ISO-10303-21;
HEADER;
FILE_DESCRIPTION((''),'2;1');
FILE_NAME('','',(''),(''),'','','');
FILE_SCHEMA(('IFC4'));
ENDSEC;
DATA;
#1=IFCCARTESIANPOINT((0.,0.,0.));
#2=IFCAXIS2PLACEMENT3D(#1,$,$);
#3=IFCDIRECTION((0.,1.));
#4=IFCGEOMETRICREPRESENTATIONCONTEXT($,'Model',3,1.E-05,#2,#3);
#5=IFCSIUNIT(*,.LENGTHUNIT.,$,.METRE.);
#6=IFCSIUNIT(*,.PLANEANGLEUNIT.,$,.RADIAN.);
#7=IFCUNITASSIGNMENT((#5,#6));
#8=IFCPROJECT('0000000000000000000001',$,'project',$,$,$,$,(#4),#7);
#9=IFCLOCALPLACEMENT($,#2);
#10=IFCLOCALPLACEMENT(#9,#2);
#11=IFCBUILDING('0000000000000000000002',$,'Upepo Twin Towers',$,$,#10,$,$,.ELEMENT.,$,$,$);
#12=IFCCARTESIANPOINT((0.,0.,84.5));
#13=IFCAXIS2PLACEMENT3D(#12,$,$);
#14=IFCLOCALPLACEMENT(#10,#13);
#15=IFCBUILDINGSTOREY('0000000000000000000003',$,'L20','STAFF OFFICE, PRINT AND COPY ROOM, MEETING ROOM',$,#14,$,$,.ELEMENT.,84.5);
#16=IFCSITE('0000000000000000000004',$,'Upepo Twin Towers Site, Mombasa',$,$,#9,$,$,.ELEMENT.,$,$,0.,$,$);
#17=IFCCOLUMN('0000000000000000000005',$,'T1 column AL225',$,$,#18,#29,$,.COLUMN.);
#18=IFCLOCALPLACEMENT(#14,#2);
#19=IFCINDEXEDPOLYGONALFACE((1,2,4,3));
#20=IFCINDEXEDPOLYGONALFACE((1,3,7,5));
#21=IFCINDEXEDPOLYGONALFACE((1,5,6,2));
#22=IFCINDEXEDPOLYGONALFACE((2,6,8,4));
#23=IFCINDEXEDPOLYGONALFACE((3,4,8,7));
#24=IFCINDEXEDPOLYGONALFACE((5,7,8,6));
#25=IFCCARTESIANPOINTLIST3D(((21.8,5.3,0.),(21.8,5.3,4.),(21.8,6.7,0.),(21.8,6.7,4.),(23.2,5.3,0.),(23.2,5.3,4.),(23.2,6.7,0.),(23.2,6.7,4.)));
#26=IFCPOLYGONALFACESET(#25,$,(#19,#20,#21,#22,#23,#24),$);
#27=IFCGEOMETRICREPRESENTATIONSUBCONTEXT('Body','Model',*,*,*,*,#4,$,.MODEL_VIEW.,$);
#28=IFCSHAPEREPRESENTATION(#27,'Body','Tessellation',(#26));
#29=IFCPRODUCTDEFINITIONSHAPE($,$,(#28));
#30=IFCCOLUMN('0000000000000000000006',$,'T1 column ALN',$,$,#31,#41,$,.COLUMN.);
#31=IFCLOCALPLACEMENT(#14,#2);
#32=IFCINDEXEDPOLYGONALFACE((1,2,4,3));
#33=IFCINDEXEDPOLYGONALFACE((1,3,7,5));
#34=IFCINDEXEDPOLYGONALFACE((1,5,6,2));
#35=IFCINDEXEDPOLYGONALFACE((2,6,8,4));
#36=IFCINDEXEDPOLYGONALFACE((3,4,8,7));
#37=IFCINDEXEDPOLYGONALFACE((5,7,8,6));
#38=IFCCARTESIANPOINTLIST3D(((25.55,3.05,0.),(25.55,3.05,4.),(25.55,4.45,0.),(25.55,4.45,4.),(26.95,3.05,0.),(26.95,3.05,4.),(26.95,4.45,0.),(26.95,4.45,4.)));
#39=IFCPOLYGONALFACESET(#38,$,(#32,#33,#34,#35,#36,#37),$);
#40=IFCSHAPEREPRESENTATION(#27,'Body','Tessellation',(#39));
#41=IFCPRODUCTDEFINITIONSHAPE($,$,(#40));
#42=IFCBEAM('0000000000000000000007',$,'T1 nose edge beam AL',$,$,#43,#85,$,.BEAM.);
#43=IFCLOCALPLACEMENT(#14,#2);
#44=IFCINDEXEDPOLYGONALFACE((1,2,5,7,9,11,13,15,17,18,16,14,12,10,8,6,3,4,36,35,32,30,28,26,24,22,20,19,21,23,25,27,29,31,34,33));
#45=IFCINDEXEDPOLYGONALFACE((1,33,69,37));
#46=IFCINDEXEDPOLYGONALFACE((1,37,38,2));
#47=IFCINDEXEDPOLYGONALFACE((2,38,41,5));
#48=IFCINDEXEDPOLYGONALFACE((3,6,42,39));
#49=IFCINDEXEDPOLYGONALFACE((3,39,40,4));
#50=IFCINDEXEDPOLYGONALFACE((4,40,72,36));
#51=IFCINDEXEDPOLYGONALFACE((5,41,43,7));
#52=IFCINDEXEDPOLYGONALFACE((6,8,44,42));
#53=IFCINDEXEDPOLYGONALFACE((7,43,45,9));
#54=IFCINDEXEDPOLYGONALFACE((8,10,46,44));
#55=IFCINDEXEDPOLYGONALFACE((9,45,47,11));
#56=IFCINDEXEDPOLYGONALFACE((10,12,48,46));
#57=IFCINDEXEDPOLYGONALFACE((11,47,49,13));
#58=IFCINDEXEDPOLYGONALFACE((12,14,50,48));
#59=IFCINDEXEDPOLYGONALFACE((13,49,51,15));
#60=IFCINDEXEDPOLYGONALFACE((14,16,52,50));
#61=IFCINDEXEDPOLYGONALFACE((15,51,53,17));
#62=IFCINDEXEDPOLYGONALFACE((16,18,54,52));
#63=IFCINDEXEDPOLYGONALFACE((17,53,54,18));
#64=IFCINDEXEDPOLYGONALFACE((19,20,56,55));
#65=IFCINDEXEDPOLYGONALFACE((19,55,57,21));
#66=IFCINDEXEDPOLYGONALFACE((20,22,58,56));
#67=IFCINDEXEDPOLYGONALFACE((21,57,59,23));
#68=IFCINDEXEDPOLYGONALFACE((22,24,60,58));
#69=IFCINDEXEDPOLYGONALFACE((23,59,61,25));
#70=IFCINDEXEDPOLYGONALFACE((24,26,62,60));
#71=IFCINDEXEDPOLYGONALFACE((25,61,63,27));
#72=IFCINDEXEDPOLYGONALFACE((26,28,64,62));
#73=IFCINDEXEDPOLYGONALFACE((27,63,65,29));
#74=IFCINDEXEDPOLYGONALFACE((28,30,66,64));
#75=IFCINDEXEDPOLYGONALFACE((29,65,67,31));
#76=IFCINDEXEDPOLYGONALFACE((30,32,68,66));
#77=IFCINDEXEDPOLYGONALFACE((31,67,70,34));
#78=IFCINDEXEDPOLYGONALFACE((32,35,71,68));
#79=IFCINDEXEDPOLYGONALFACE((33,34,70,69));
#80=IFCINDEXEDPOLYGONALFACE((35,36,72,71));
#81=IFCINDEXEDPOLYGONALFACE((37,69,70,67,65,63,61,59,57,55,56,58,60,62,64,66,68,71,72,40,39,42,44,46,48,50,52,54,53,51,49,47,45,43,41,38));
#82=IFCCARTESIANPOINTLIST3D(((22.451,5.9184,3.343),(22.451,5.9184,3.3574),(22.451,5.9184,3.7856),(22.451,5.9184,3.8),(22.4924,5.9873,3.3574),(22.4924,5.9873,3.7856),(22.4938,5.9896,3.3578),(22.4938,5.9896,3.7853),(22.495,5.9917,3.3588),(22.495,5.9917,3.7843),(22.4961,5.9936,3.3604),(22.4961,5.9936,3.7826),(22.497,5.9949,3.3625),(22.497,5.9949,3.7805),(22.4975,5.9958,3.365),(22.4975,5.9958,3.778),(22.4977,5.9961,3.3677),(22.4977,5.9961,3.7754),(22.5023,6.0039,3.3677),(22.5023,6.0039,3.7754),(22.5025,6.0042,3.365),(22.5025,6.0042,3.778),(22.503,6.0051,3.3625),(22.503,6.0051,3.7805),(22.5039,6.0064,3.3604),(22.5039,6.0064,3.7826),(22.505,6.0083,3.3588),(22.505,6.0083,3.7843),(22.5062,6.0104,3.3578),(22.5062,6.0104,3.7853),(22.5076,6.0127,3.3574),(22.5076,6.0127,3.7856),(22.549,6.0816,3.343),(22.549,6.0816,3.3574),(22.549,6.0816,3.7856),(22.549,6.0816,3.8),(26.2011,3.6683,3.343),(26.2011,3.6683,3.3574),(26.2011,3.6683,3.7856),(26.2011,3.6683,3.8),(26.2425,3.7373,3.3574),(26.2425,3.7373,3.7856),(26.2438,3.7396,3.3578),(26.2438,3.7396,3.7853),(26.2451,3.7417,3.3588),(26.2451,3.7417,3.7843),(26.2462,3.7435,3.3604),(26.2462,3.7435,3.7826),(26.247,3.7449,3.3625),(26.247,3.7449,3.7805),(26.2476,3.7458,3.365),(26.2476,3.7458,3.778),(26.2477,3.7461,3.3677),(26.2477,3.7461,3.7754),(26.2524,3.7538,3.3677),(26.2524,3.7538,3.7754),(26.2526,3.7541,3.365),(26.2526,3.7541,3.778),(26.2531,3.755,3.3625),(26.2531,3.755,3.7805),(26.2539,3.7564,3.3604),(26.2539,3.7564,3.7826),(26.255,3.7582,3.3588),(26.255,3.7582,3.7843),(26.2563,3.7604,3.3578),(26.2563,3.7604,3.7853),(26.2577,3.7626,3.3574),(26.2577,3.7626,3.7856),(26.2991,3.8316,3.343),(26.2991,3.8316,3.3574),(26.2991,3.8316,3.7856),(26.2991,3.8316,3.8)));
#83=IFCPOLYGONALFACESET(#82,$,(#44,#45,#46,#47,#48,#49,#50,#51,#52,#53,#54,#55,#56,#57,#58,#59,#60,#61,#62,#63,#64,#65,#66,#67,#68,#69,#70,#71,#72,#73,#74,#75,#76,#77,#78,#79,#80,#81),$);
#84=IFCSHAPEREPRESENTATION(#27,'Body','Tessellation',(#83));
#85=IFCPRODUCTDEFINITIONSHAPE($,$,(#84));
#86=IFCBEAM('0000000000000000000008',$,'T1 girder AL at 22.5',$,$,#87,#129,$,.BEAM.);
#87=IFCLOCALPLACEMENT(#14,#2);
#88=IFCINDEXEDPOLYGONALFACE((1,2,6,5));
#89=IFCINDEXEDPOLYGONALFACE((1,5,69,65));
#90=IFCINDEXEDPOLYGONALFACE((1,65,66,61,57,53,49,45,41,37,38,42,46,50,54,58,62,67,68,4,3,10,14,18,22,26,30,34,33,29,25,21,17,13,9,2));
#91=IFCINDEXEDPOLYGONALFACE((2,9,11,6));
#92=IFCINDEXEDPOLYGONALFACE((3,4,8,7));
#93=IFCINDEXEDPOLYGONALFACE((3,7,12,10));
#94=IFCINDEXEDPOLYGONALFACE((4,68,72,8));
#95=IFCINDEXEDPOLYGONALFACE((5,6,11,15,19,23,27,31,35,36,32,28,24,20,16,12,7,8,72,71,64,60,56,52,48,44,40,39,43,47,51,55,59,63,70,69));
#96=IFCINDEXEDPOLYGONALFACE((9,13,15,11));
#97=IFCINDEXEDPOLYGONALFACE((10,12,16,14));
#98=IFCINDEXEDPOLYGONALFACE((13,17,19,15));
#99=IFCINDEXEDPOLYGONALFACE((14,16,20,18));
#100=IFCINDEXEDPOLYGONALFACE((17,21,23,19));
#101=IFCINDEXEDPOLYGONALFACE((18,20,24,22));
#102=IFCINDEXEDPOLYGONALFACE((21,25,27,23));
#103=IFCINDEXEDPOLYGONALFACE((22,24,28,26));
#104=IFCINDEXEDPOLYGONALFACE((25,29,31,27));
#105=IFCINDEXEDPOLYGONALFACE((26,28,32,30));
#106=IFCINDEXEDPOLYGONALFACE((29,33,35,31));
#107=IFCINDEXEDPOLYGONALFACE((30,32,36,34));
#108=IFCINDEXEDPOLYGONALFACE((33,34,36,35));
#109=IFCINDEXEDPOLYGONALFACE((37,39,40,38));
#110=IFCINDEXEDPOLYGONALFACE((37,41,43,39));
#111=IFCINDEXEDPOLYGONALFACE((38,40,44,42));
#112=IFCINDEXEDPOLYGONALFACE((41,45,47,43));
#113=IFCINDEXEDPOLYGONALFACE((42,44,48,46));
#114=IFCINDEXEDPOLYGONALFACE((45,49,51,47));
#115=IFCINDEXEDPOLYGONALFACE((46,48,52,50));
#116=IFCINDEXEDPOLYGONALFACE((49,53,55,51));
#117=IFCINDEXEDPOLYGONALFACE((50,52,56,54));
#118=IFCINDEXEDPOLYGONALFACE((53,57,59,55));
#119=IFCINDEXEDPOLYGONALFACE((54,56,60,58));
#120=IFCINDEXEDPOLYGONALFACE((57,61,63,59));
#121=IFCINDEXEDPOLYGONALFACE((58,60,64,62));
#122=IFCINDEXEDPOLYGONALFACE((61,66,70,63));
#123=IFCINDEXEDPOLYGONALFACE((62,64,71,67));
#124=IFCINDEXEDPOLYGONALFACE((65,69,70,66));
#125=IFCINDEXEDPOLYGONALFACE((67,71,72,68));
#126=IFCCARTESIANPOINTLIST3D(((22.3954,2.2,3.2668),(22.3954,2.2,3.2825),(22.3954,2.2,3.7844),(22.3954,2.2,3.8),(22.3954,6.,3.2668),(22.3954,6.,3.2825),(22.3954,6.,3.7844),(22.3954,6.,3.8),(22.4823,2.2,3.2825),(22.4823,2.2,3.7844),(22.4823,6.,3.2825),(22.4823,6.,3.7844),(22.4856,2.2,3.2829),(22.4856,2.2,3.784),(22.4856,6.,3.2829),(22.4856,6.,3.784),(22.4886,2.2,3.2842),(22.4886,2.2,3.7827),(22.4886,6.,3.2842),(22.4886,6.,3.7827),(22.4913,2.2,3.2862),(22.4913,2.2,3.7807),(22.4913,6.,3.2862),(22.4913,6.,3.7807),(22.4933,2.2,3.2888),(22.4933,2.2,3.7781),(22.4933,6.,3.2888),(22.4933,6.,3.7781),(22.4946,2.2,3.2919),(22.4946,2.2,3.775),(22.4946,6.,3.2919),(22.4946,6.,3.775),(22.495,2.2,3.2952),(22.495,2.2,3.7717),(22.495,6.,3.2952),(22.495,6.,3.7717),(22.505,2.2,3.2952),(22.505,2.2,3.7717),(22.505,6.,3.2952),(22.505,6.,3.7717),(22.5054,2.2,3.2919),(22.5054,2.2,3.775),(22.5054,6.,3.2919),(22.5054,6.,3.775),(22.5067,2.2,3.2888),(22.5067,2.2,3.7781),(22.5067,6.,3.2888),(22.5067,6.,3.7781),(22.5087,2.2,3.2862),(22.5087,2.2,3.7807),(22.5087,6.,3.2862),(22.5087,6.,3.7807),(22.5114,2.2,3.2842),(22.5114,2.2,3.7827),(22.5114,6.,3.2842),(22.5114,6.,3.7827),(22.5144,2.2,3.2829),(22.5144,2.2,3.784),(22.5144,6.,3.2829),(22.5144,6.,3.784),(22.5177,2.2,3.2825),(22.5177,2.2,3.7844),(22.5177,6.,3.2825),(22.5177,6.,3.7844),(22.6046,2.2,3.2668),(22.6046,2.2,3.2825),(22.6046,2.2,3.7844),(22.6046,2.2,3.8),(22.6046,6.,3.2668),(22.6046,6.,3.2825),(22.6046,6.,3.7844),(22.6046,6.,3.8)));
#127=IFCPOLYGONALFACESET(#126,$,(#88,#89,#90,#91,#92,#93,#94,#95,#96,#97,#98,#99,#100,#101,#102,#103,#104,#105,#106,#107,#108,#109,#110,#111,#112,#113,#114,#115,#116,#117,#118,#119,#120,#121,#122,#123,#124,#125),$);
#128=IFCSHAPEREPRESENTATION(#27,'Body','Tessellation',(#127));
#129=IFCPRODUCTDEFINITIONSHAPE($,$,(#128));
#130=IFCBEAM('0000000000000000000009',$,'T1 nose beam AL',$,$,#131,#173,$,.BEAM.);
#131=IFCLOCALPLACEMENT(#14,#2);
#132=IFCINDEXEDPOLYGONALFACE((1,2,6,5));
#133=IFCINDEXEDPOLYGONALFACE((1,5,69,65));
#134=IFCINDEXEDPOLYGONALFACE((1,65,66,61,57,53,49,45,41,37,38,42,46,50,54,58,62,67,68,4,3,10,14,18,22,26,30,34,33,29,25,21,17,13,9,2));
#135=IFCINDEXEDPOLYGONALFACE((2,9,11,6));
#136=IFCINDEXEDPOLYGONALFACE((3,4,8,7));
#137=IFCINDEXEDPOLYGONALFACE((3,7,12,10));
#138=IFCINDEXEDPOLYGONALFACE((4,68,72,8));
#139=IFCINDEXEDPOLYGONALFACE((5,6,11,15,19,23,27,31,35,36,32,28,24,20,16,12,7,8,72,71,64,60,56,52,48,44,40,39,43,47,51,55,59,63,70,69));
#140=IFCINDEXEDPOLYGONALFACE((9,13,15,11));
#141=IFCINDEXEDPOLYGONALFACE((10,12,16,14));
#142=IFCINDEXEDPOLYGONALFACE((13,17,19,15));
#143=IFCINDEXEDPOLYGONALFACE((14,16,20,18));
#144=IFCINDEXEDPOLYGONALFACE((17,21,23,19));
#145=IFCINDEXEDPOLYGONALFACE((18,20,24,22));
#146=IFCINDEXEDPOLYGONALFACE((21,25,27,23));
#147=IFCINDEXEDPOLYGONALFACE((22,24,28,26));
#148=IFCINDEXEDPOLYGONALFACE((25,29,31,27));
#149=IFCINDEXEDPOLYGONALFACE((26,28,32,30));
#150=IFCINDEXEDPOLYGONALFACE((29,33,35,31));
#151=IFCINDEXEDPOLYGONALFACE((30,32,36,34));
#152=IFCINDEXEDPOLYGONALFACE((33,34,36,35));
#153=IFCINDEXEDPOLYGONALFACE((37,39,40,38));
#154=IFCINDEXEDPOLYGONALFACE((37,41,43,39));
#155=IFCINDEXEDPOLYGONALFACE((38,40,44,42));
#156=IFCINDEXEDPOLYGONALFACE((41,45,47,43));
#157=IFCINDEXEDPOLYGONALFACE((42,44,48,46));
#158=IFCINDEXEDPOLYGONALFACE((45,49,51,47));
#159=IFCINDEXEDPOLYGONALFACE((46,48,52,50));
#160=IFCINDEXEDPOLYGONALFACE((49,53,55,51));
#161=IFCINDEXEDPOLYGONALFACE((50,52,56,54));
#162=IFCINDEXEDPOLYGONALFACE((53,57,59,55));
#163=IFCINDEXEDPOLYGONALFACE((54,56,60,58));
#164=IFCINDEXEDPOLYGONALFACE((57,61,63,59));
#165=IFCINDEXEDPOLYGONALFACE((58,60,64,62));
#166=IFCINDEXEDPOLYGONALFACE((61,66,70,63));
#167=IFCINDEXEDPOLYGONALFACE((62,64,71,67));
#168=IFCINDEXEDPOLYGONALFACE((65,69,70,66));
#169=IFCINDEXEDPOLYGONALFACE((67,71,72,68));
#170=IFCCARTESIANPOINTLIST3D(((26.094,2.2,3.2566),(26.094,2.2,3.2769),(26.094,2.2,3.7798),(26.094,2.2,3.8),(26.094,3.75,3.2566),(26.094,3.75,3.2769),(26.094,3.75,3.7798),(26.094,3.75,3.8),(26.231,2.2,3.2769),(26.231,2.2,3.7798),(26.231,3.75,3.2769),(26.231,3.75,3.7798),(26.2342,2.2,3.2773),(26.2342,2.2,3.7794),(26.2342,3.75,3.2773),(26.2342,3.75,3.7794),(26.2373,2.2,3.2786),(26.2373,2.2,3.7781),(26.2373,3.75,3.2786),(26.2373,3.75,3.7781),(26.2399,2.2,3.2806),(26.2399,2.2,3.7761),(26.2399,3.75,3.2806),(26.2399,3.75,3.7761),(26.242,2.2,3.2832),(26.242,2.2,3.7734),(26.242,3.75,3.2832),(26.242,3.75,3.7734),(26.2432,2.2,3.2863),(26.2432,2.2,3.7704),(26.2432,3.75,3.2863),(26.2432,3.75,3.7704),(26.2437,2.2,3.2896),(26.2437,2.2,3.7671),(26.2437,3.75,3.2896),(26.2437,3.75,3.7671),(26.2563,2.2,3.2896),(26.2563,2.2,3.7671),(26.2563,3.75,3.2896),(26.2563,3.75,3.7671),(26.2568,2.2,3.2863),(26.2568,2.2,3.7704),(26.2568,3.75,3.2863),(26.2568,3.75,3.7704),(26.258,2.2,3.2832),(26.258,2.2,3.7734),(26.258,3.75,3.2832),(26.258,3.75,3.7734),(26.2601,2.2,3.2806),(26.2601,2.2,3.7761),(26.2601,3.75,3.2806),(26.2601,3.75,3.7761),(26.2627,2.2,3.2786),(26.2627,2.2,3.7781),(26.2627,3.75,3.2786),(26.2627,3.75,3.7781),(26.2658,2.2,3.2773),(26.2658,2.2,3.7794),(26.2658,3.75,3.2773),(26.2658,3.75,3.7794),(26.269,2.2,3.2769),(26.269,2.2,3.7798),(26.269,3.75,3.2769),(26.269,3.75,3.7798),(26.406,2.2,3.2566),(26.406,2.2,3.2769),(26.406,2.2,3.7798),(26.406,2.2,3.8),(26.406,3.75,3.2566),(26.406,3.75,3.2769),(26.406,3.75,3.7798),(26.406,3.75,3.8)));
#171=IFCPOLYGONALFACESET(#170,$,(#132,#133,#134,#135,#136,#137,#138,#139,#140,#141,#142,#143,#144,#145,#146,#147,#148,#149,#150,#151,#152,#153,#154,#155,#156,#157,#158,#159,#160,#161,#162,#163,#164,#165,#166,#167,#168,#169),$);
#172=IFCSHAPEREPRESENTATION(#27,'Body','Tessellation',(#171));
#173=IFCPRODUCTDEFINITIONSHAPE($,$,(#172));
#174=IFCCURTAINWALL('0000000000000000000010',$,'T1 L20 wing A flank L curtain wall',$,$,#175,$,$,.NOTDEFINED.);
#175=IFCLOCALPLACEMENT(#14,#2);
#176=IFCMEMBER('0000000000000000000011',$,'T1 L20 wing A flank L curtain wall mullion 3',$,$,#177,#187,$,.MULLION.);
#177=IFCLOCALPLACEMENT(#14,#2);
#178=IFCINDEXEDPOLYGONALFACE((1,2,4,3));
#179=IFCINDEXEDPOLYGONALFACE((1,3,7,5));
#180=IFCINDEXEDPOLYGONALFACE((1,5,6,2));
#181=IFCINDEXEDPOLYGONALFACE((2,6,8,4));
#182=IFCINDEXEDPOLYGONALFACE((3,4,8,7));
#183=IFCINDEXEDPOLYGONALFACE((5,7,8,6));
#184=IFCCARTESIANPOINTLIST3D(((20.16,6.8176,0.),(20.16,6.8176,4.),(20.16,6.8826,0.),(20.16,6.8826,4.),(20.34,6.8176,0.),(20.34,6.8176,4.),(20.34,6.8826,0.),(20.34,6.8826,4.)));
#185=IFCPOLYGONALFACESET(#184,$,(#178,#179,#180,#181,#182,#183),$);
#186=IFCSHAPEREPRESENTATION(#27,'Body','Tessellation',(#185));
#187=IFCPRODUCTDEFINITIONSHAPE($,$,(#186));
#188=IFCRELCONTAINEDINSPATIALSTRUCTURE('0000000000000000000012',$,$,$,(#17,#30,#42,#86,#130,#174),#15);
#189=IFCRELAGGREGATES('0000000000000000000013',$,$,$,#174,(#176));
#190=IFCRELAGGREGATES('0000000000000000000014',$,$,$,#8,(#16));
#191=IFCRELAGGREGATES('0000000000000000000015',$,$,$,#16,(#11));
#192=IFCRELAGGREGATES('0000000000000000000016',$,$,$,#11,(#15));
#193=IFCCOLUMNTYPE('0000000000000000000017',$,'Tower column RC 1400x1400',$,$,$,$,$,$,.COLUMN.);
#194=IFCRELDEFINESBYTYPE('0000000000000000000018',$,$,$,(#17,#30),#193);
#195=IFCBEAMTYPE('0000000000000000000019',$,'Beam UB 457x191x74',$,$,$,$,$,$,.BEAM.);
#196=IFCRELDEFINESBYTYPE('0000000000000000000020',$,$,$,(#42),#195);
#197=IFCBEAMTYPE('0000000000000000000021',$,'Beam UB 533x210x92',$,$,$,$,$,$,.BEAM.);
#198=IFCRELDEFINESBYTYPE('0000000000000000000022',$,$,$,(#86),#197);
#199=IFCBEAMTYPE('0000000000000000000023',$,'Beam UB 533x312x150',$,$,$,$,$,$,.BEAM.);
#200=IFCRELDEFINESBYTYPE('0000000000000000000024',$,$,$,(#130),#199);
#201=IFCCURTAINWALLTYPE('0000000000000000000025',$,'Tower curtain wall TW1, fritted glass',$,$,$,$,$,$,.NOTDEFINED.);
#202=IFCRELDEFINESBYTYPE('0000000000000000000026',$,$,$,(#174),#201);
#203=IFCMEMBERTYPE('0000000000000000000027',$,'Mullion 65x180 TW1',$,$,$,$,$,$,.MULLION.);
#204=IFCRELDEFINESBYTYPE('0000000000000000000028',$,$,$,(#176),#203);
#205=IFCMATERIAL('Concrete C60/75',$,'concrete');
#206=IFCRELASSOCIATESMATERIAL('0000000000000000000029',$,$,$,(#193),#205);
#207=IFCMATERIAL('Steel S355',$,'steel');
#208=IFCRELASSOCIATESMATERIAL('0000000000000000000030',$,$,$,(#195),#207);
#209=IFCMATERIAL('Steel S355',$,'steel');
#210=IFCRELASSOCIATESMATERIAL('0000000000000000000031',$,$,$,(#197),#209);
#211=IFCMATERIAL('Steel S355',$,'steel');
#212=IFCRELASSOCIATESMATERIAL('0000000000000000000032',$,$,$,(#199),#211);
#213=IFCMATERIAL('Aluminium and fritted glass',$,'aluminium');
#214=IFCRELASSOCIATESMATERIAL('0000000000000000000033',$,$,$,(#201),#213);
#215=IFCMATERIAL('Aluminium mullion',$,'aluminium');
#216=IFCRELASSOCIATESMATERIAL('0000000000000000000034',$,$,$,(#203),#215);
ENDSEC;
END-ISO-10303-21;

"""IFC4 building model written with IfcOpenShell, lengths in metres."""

from ifc_helpers import new_model, si_unit, direction, frame, origin, origin_2d, place, context, subcontext, project, spatial, rectangle, i_section, extrude, material, material_profile, profile_set, type_object, element, aggregate, save


model = new_model("IFC4")

# Units and contexts
model_context = context("Model", 3, precision=1e-05, world=origin(), true_north=direction((0.0, 1.0)))
body_context = subcontext(model_context, "Body", "Model", "MODEL_VIEW")
ifc_project = project(units=[si_unit("LENGTHUNIT", "METRE"), si_unit("PLANEANGLEUNIT", "RADIAN")], contexts=[model_context])

# Site, building, storey
site_placement = place(None, origin())
site = spatial("IfcSite", under=ifc_project, at=site_placement, Name="Upepo Twin Towers Site, Mombasa", CompositionType="ELEMENT", RefElevation=0.0)
building_placement = place(site_placement, origin())
building = spatial("IfcBuilding", under=site, at=building_placement, Name="Upepo Twin Towers", CompositionType="ELEMENT")
storey_placement = place(building_placement, frame((0.0, 0.0, 84.5)))
storey = spatial("IfcBuildingStorey", under=building, at=storey_placement, Name="L20", Description="STAFF OFFICE, PRINT AND COPY ROOM, MEETING ROOM", CompositionType="ELEMENT", Elevation=84.5)

# Columns
ifc_material_1 = material(Name="Concrete C60/75", Category="concrete")
ifc_material_profile_1 = material_profile(ifc_material_1, rectangle(XDim=1.3999, YDim=1.3999, at=origin_2d()), Name="RC 1400x1400")
ifc_profile_set_1 = profile_set([ifc_material_profile_1], Name="Concrete C60/75")
column_type = type_object("IfcColumnType", Name="Tower column RC 1400x1400", PredefinedType="COLUMN", material=ifc_profile_set_1)
for number, where, z_axis, x_axis, name in (
    (1, (22.5, 6.0, 0.0), (0.0, 0.0, 1.0), (1.0, 0.0, 0.0), "T1 column AL225"),
    (2, (26.25, 3.75, 0.0), (0.0, 0.0, 1.0), (1.0, 0.0, 0.0), "T1 column ALN"),
):
    element("IfcColumn", number, at=place(storey_placement, frame(where, z_axis=z_axis, x_axis=x_axis)), inside=storey, type_object=column_type, Name=name, PredefinedType="COLUMN", context=body_context, shape_type="SweptSolid", body=[
        extrude(rectangle(XDim=1.3999, YDim=1.3999, at=origin_2d()), origin(), (0.0, 0.0, 1.0), 4.0),
    ])

# Beams
ifc_material_2 = material(Name="Steel S355", Category="steel")
ifc_material_profile_2 = material_profile(ifc_material_2, i_section(OverallWidth=0.1904, OverallDepth=0.457, WebThickness=0.009, FlangeThickness=0.0144, FilletRadius=0.0103, at=origin_2d()), Name="UB 457x191x74")
ifc_profile_set_2 = profile_set([ifc_material_profile_2], Name="Steel S355")
beam_type_1 = type_object("IfcBeamType", Name="Beam UB 457x191x74", PredefinedType="BEAM", material=ifc_profile_set_2)
beam_1_placement = place(storey_placement, frame((22.5, 6.0, 3.5715), z_axis=(0.857493, -0.514496, 0.0), x_axis=(0.514496, 0.857493, 0.0)))
element("IfcBeam", 3, at=beam_1_placement, inside=storey, type_object=beam_type_1, Name="T1 nose edge beam AL", PredefinedType="BEAM", context=body_context, shape_type="SweptSolid", body=[
    extrude(i_section(OverallWidth=0.1904, OverallDepth=0.457, WebThickness=0.009, FlangeThickness=0.0144, FilletRadius=0.0103, at=origin_2d()), origin(), (0.0, 0.0, 1.0), 4.3733),
])
ifc_material_3 = material(Name="Steel S355", Category="steel")
ifc_material_profile_3 = material_profile(ifc_material_3, i_section(OverallWidth=0.2092, OverallDepth=0.5332, WebThickness=0.01, FlangeThickness=0.0156, FilletRadius=0.0127, at=origin_2d()), Name="UB 533x210x92")
ifc_profile_set_3 = profile_set([ifc_material_profile_3], Name="Steel S355")
beam_type_2 = type_object("IfcBeamType", Name="Beam UB 533x210x92", PredefinedType="BEAM", material=ifc_profile_set_3)
beam_2_placement = place(storey_placement, frame((22.5, 6.0, 3.5334), z_axis=(0.0, -1.0, 0.0), x_axis=(1.0, 0.0, 0.0)))
element("IfcBeam", 4, at=beam_2_placement, inside=storey, type_object=beam_type_2, Name="T1 girder AL at 22.5", PredefinedType="BEAM", context=body_context, shape_type="SweptSolid", body=[
    extrude(i_section(OverallWidth=0.2092, OverallDepth=0.5332, WebThickness=0.01, FlangeThickness=0.0156, FilletRadius=0.0127, at=origin_2d()), origin(), (0.0, 0.0, 1.0), 3.8),
])
ifc_material_4 = material(Name="Steel S355", Category="steel")
ifc_material_profile_4 = material_profile(ifc_material_4, i_section(OverallWidth=0.312, OverallDepth=0.5435, WebThickness=0.0127, FlangeThickness=0.0203, FilletRadius=0.0127, at=origin_2d()), Name="UB 533x312x150")
ifc_profile_set_4 = profile_set([ifc_material_profile_4], Name="Steel S355")
beam_type_3 = type_object("IfcBeamType", Name="Beam UB 533x312x150", PredefinedType="BEAM", material=ifc_profile_set_4)
beam_3_placement = place(storey_placement, frame((26.25, 3.75, 3.5283), z_axis=(0.0, -1.0, 0.0), x_axis=(1.0, 0.0, 0.0)))
element("IfcBeam", 5, at=beam_3_placement, inside=storey, type_object=beam_type_3, Name="T1 nose beam AL", PredefinedType="BEAM", context=body_context, shape_type="SweptSolid", body=[
    extrude(i_section(OverallWidth=0.312, OverallDepth=0.5435, WebThickness=0.0127, FlangeThickness=0.0203, FilletRadius=0.0127, at=origin_2d()), origin(), (0.0, 0.0, 1.0), 1.55),
])

# Curtain wall, member
ifc_material_5 = material(Name="Aluminium and fritted glass", Category="aluminium")
curtain_wall_type = type_object("IfcCurtainWallType", Name="Tower curtain wall TW1, fritted glass", PredefinedType="NOTDEFINED", material=ifc_material_5)
curtain_wall_1_placement = place(storey_placement, origin())
curtain_wall_1 = element("IfcCurtainWall", 6, at=curtain_wall_1_placement, inside=storey, type_object=curtain_wall_type, Name="T1 L20 wing A flank L curtain wall", PredefinedType="NOTDEFINED")
ifc_material_6 = material(Name="Aluminium mullion", Category="aluminium")
ifc_material_profile_5 = material_profile(ifc_material_6, rectangle(XDim=0.0649, YDim=0.1799, at=origin_2d()), Name="MULLION 65x180")
ifc_profile_set_5 = profile_set([ifc_material_profile_5], Name="Aluminium mullion")
member_type_1 = type_object("IfcMemberType", Name="Mullion 65x180 TW1", PredefinedType="MULLION", material=ifc_profile_set_5)
member_1_placement = place(storey_placement, frame((20.25, 6.8501, 0.0), z_axis=(0.0, 0.0, 1.0), x_axis=(0.0, 1.0, 0.0)))
member_1 = element("IfcMember", 7, at=member_1_placement, type_object=member_type_1, Name="T1 L20 wing A flank L curtain wall mullion 3", PredefinedType="MULLION", context=body_context, shape_type="SweptSolid", body=[
    extrude(rectangle(XDim=0.0649, YDim=0.1799, at=origin_2d()), origin(), (0.0, 0.0, 1.0), 4.0),
])

aggregate(curtain_wall_1, [member_1])

save(model, "model.ifc")
